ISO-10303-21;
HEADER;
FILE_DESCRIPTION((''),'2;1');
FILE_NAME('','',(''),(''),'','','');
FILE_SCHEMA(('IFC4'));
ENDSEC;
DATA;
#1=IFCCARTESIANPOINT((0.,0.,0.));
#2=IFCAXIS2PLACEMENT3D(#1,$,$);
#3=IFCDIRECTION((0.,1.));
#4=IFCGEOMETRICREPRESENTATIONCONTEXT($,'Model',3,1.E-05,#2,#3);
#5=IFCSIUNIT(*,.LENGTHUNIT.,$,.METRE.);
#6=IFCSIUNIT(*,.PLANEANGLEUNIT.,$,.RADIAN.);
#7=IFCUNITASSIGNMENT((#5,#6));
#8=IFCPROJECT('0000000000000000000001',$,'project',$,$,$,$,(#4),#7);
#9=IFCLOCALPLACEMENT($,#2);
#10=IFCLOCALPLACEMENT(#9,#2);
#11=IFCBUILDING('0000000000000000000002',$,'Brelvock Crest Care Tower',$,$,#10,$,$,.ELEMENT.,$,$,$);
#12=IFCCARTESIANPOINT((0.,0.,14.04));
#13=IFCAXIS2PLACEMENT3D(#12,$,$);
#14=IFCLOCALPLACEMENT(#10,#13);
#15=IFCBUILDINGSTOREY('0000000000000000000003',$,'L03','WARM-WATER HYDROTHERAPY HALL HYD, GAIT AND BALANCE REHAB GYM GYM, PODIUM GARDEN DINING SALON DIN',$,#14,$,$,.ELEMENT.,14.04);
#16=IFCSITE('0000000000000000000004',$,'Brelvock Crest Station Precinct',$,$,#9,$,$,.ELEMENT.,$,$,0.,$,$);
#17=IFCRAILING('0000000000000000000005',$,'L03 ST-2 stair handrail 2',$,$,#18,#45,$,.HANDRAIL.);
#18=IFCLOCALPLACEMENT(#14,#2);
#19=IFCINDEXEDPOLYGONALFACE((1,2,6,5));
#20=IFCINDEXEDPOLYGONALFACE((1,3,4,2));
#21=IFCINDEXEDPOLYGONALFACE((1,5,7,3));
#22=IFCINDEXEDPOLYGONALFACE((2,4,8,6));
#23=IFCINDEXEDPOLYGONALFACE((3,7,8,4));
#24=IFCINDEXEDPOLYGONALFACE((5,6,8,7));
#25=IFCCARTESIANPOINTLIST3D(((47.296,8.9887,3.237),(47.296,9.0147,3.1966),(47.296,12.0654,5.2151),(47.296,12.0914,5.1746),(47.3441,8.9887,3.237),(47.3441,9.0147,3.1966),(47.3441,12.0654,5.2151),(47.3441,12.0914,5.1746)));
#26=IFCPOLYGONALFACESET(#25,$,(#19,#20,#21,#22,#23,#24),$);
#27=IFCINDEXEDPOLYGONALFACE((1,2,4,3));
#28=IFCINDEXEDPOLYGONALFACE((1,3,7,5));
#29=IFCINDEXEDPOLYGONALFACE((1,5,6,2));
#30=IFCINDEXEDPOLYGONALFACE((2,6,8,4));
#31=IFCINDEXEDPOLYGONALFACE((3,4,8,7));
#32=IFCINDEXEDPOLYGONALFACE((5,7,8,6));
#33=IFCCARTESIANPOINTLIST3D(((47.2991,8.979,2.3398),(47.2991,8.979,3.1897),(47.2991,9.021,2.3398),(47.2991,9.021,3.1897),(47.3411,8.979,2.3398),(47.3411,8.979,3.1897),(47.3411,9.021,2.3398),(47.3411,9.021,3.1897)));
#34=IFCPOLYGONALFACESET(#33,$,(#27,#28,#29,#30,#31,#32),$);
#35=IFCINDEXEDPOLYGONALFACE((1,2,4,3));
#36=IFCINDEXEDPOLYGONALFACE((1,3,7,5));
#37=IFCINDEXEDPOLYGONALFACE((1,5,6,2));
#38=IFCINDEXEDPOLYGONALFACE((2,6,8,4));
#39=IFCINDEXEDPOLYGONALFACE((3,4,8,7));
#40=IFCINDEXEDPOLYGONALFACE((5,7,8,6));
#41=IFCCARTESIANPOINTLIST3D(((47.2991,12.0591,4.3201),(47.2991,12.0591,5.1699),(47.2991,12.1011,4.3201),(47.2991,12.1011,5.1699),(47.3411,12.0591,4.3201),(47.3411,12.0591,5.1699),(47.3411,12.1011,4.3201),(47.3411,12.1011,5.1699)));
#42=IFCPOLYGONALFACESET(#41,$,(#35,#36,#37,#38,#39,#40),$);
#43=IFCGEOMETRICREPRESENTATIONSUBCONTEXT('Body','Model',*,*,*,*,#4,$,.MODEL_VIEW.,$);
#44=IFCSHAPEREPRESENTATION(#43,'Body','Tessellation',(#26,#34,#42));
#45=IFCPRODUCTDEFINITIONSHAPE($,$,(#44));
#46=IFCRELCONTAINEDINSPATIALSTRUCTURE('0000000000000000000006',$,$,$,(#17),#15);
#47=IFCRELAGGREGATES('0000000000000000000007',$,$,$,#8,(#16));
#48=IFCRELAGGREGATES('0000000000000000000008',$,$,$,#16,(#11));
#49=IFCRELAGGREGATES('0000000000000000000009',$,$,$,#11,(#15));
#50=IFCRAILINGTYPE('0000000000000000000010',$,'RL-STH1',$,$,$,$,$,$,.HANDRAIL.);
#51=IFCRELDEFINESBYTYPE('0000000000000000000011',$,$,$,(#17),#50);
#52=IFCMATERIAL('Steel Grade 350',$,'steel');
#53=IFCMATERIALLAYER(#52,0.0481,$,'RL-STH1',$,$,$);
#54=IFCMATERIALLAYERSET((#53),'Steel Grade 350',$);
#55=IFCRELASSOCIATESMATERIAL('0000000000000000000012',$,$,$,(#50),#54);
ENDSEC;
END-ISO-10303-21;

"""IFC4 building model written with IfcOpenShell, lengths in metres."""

from ifc_helpers import new_model, si_unit, direction, frame, origin, origin_2d, place, context, subcontext, project, spatial, rectangle, extrude, material, layer, layer_set, type_object, element, save


model = new_model("IFC4")

# Units and contexts
model_context = context("Model", 3, precision=1e-05, world=origin(), true_north=direction((0.0, 1.0)))
body_context = subcontext(model_context, "Body", "Model", "MODEL_VIEW")
ifc_project = project(units=[si_unit("LENGTHUNIT", "METRE"), si_unit("PLANEANGLEUNIT", "RADIAN")], contexts=[model_context])

# Site, building, storey
site_placement = place(None, origin())
site = spatial("IfcSite", under=ifc_project, at=site_placement, Name="Brelvock Crest Station Precinct", CompositionType="ELEMENT", RefElevation=0.0)
building_placement = place(site_placement, origin())
building = spatial("IfcBuilding", under=site, at=building_placement, Name="Brelvock Crest Care Tower", CompositionType="ELEMENT")
storey_placement = place(building_placement, frame((0.0, 0.0, 14.04)))
storey = spatial("IfcBuildingStorey", under=building, at=storey_placement, Name="L03", Description="WARM-WATER HYDROTHERAPY HALL HYD, GAIT AND BALANCE REHAB GYM GYM, PODIUM GARDEN DINING SALON DIN", CompositionType="ELEMENT", Elevation=14.04)

# Shared definitions
ifc_material_1 = material(Name="Steel Grade 350", Category="steel")

# Railing
ifc_layer_1 = layer(ifc_material_1, 0.0481, Name="RL-STH1")
ifc_layer_set_1 = layer_set([ifc_layer_1], Name="Steel Grade 350")
railing_type_1 = type_object("IfcRailingType", Name="RL-STH1", PredefinedType="HANDRAIL", material=ifc_layer_set_1)
railing_1_placement = place(storey_placement, frame((47.3201, 9.0, 2.3398)))
element("IfcRailing", 1, at=railing_1_placement, inside=storey, type_object=railing_type_1, Name="L03 ST-2 stair handrail 2", PredefinedType="HANDRAIL", context=body_context, shape_type="SweptSolid", body=[
    extrude(rectangle(XDim=0.0481, YDim=0.0481, at=origin_2d()), frame((0.0, 0.0017, 0.877), z_axis=(0.0, 0.841157, 0.540791), x_axis=(-1.0, 0.0, 0.0)), (0.0, 0.0, 1.0), 3.6577),
    extrude(rectangle(XDim=0.042, YDim=0.042, at=origin_2d()), origin(), (0.0, 0.0, 1.0), 0.8499),
    extrude(rectangle(XDim=0.042, YDim=0.042, at=origin_2d()), frame((0.0, 3.0801, 1.9802)), (0.0, 0.0, 1.0), 0.8499),
])

save(model, "model.ifc")
